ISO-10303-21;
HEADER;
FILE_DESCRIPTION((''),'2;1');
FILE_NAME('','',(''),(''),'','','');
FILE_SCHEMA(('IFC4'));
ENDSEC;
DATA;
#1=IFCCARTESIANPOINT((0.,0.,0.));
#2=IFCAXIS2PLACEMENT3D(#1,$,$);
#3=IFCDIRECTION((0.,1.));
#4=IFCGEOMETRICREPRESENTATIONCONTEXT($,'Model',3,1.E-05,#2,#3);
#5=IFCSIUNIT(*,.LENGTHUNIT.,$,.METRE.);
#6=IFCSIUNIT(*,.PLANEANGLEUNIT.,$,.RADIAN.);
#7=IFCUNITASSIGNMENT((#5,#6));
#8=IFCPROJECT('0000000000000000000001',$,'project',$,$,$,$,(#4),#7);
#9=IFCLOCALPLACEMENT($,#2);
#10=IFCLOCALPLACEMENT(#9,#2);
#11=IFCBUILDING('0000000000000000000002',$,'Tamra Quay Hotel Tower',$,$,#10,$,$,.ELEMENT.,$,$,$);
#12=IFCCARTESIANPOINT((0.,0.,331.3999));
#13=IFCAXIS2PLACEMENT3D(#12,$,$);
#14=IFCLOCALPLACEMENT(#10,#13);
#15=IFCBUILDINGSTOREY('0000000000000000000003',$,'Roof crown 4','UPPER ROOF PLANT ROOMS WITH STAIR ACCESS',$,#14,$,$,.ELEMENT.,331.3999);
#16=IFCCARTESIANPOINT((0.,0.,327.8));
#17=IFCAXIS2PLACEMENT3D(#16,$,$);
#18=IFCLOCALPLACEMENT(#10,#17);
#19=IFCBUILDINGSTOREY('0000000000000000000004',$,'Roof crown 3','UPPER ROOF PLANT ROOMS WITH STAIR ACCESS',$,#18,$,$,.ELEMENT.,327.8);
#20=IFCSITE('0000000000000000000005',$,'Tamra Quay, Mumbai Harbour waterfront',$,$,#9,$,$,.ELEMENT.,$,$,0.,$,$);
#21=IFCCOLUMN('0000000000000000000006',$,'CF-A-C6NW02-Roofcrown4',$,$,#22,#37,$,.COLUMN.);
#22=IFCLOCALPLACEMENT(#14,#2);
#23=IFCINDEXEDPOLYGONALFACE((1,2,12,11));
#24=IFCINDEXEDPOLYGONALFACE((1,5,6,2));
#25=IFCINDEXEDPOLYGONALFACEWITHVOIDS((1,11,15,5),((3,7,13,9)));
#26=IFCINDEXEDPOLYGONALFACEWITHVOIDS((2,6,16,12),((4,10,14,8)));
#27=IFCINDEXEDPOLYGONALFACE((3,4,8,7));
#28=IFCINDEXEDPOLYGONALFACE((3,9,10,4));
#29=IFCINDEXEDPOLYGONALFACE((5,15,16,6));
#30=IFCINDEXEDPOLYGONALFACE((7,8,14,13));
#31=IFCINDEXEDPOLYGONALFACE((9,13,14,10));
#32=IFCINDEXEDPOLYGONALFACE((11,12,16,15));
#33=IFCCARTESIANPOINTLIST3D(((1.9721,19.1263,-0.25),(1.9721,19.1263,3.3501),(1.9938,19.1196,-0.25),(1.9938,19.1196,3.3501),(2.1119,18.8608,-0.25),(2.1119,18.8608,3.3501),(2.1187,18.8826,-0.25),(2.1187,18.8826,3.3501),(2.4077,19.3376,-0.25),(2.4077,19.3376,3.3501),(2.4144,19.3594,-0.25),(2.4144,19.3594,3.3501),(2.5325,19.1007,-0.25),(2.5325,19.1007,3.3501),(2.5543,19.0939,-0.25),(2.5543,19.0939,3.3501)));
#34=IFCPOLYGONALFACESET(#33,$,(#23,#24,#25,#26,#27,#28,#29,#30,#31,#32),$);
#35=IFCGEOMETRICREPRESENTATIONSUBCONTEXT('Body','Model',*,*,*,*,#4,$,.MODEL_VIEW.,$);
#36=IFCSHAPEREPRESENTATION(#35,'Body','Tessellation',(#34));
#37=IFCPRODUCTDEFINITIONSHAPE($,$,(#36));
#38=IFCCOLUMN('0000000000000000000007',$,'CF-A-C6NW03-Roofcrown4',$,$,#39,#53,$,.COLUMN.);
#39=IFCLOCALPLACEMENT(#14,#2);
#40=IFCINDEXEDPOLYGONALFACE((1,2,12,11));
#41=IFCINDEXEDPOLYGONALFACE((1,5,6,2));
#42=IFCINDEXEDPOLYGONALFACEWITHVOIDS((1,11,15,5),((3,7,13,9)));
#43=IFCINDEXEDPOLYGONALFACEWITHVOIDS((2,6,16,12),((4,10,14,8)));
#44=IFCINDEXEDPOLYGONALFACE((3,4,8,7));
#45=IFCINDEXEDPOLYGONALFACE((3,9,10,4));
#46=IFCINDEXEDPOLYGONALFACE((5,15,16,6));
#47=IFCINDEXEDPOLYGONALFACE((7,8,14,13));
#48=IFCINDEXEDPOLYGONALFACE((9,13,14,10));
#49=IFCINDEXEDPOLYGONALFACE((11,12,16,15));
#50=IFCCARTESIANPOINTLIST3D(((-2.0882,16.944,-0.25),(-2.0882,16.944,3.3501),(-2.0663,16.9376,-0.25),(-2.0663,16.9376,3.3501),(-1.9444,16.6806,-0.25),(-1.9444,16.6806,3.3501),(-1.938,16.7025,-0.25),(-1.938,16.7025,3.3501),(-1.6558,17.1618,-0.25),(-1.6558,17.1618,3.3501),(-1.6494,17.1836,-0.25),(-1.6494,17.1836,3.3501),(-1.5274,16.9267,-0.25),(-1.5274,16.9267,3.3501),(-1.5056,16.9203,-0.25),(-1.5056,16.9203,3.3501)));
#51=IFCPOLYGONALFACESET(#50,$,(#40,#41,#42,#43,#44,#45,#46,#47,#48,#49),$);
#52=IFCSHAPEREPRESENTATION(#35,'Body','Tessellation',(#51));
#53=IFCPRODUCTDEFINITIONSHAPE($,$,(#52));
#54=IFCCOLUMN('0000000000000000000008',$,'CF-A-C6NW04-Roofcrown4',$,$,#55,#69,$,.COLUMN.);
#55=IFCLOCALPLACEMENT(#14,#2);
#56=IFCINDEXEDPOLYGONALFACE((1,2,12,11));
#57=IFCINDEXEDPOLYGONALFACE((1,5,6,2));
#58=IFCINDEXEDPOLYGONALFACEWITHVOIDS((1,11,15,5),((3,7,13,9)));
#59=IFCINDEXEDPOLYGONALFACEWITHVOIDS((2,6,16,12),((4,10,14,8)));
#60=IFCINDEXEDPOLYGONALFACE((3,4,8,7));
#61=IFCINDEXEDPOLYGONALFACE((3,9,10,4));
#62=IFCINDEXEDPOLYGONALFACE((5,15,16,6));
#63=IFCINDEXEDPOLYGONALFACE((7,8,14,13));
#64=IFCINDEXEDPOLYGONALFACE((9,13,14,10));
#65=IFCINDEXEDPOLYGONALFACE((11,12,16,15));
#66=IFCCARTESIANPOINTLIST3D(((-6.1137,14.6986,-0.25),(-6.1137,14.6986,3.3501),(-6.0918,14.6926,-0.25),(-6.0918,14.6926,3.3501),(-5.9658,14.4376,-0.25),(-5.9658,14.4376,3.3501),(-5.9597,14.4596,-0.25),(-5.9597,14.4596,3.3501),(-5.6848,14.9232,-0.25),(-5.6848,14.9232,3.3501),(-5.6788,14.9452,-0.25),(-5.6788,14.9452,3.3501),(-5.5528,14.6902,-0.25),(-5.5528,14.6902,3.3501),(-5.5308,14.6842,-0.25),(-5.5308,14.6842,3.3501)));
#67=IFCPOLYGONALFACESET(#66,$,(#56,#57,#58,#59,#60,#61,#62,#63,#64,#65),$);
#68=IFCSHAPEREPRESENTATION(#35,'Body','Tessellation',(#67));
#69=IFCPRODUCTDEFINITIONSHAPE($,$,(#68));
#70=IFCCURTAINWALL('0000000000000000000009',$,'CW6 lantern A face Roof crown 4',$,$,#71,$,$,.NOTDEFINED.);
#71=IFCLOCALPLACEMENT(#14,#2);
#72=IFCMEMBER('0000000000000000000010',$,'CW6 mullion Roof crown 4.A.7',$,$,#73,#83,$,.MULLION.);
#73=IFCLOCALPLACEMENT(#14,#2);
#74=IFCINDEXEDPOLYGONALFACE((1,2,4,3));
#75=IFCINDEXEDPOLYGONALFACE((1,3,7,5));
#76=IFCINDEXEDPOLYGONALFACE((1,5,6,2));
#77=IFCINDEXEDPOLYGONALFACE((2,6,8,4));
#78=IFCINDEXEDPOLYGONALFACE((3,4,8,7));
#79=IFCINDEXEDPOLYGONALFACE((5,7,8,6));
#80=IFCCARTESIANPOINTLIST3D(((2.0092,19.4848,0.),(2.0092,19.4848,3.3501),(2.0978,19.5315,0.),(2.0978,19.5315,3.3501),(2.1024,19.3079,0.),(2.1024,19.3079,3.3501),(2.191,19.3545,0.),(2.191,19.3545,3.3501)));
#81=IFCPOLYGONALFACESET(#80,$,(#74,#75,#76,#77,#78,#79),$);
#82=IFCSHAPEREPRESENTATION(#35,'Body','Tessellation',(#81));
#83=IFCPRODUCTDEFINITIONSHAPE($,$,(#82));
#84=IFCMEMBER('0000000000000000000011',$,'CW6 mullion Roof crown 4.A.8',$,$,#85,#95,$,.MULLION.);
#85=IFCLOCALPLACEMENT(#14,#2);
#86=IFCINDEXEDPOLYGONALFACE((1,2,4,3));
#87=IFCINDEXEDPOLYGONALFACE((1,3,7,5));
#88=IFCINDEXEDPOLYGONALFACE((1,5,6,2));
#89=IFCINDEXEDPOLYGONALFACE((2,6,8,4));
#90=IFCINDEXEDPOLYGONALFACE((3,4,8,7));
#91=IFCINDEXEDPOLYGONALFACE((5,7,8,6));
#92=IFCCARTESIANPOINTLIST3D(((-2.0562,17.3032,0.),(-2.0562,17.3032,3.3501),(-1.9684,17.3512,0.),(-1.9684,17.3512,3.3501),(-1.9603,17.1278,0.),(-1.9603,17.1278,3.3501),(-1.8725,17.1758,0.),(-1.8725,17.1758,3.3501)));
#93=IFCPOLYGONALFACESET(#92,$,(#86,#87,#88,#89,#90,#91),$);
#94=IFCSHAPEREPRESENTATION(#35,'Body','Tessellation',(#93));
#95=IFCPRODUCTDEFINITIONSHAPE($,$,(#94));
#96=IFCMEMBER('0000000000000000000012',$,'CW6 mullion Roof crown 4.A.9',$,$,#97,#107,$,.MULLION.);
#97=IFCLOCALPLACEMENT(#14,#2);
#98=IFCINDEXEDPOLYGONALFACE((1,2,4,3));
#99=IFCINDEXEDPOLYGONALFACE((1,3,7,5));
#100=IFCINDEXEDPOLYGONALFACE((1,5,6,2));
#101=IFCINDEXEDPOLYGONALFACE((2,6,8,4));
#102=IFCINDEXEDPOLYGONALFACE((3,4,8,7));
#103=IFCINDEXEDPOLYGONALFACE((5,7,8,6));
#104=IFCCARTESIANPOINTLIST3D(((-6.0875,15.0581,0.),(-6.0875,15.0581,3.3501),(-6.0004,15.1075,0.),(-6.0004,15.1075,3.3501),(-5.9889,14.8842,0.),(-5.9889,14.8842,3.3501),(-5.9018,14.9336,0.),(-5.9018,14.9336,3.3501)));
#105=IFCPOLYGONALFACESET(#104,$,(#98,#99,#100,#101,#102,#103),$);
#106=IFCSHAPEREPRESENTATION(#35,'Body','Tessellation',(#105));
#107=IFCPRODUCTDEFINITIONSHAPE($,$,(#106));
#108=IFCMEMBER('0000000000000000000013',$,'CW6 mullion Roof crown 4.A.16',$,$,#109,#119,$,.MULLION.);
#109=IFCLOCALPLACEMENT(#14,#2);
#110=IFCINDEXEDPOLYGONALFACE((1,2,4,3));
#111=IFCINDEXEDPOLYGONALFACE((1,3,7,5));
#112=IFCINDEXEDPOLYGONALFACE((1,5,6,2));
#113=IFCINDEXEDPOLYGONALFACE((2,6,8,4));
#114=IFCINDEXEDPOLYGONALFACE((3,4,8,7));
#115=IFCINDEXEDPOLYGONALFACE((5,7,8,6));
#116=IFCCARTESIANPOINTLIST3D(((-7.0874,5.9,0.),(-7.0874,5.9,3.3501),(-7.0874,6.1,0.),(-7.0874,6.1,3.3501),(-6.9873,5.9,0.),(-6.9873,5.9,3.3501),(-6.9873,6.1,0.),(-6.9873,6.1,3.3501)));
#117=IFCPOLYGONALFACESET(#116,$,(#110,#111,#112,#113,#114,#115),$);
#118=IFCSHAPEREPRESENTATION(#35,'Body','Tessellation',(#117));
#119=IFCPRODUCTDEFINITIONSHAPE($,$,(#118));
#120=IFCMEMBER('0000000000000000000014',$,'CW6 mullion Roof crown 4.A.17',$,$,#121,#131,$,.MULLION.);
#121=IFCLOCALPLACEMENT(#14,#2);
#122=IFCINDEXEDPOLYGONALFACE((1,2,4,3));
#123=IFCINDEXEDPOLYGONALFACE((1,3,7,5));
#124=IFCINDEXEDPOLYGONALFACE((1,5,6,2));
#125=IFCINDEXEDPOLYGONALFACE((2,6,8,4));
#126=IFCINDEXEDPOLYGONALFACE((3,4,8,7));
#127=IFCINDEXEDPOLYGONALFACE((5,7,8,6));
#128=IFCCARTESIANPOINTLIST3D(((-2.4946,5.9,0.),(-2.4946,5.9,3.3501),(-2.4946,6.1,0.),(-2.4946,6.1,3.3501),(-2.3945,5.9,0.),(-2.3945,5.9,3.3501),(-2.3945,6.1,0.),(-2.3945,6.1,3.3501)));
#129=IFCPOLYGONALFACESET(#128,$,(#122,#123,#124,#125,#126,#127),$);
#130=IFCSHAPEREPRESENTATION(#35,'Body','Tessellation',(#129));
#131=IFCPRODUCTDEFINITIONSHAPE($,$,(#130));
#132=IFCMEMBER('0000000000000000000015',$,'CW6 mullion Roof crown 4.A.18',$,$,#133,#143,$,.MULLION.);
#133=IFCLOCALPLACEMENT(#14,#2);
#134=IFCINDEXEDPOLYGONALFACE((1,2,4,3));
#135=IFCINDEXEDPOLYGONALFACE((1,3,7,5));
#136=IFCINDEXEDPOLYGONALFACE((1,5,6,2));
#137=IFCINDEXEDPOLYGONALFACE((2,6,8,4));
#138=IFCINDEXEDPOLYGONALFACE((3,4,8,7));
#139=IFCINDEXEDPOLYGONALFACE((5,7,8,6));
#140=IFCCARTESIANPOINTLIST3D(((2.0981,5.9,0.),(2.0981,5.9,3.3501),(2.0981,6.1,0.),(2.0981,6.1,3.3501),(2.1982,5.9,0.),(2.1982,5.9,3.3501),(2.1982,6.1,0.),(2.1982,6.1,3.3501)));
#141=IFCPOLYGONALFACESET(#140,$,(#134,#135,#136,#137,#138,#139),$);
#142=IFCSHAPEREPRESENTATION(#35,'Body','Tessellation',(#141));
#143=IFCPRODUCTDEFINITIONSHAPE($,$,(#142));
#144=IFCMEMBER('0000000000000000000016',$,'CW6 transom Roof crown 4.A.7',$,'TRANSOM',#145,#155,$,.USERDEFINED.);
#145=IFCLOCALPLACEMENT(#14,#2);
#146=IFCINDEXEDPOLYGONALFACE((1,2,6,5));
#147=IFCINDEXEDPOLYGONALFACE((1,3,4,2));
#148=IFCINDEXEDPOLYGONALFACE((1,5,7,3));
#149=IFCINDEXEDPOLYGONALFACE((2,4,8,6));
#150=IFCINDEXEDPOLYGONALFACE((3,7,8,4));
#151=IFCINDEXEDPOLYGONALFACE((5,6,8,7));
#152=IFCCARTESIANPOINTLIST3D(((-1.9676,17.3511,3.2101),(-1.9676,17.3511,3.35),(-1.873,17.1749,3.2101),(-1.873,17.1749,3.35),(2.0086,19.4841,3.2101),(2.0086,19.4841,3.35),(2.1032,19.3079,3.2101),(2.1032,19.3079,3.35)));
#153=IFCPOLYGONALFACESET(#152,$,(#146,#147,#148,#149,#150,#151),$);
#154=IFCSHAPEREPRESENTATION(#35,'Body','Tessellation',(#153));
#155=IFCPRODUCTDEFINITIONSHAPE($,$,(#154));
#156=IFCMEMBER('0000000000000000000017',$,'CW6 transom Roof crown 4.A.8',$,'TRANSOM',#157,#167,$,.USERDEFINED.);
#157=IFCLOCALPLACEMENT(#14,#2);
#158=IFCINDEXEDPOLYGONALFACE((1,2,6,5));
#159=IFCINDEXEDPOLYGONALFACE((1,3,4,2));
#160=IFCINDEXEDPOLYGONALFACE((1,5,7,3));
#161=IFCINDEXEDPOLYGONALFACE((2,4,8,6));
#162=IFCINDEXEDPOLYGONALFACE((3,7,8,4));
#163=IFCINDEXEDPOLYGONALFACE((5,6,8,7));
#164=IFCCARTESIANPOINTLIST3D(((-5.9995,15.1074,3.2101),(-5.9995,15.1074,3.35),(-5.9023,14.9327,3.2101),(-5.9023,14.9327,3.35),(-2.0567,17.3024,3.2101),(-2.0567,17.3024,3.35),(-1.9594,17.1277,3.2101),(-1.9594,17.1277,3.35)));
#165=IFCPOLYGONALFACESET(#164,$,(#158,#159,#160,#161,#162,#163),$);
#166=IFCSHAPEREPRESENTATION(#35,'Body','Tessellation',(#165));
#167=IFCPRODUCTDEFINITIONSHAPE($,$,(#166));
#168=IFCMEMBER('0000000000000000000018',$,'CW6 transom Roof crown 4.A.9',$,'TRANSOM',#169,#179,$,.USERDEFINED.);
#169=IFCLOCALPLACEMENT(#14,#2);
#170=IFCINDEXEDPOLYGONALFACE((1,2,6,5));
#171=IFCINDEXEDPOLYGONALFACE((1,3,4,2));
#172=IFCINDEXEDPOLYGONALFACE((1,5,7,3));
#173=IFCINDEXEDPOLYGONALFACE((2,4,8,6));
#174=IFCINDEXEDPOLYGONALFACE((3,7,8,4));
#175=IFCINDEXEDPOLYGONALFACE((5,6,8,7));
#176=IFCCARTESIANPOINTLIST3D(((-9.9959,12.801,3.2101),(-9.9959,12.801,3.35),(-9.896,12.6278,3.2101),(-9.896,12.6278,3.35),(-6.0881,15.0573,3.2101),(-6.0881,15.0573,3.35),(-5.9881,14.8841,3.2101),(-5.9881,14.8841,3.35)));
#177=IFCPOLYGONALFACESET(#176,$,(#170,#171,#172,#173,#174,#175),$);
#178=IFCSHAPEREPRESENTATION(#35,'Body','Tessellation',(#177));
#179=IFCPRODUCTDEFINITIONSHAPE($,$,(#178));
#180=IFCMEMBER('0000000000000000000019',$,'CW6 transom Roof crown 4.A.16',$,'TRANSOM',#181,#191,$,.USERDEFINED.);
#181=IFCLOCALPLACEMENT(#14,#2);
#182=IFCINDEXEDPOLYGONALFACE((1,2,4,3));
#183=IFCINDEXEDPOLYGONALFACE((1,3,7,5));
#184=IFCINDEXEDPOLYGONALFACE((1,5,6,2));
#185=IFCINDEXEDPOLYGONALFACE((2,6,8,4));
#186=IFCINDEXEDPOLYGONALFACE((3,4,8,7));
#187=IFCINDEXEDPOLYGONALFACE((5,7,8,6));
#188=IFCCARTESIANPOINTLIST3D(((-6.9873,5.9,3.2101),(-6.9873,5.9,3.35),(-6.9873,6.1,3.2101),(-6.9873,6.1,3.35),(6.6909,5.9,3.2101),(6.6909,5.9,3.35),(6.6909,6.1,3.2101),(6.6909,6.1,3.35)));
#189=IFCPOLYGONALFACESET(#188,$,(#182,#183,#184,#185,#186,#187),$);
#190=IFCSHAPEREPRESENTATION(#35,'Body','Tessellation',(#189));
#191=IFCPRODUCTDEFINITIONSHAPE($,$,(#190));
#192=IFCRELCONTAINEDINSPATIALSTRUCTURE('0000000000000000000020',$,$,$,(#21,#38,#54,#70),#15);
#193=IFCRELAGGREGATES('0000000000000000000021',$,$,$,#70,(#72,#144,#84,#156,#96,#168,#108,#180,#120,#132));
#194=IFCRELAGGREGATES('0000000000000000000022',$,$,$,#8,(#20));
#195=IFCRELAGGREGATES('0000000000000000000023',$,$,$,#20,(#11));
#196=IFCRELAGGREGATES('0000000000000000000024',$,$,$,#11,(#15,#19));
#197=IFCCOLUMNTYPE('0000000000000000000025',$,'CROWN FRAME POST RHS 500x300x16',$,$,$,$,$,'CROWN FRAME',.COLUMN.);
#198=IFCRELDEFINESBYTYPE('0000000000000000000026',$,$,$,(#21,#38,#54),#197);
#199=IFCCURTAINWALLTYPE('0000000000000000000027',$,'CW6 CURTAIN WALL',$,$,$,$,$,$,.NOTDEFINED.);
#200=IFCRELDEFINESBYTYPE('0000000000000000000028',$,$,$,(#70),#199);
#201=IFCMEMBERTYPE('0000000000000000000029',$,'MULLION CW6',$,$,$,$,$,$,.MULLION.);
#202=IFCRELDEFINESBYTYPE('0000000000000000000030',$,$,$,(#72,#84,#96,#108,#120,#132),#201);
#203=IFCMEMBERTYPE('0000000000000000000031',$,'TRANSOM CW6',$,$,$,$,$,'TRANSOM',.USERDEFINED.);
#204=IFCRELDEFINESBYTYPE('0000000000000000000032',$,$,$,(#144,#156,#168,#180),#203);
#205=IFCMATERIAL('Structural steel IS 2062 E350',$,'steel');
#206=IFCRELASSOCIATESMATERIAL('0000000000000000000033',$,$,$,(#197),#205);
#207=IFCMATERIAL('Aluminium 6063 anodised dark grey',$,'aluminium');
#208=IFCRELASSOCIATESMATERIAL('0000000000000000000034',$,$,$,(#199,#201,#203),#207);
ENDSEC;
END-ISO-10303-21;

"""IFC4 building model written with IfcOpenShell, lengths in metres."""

from ifc_helpers import new_model, si_unit, direction, frame, origin, origin_2d, place, context, subcontext, project, spatial, rectangle, hollow_rectangle, extrude, material, material_profile, profile_set, type_object, element, aggregate, save


model = new_model("IFC4")

# Units and contexts
model_context = context("Model", 3, precision=1e-05, world=origin(), true_north=direction((0.0, 1.0)))
body_context = subcontext(model_context, "Body", "Model", "MODEL_VIEW")
ifc_project = project(units=[si_unit("LENGTHUNIT", "METRE"), si_unit("PLANEANGLEUNIT", "RADIAN")], contexts=[model_context])

# Site, building, storey
site_placement = place(None, origin())
site = spatial("IfcSite", under=ifc_project, at=site_placement, Name="Tamra Quay, Mumbai Harbour waterfront", CompositionType="ELEMENT", RefElevation=0.0)
building_placement = place(site_placement, origin())
building = spatial("IfcBuilding", under=site, at=building_placement, Name="Tamra Quay Hotel Tower", CompositionType="ELEMENT")
storey_1_placement = place(building_placement, frame((0.0, 0.0, 331.3999)))
storey_1 = spatial("IfcBuildingStorey", under=building, at=storey_1_placement, Name="Roof crown 4", Description="UPPER ROOF PLANT ROOMS WITH STAIR ACCESS", CompositionType="ELEMENT", Elevation=331.3999)

# Columns
ifc_material_1 = material(Name="Structural steel IS 2062 E350", Category="steel")
ifc_material_profile_1 = material_profile(ifc_material_1, hollow_rectangle(XDim=0.3, YDim=0.5, WallThickness=0.0161, at=origin_2d()), Name="RHS 500x300x16")
ifc_profile_set_1 = profile_set([ifc_material_profile_1], Name="Structural steel IS 2062 E350")
column_type = type_object("IfcColumnType", Name="CROWN FRAME POST RHS 500x300x16", ElementType="CROWN FRAME", PredefinedType="COLUMN", material=ifc_profile_set_1)
for number, where, z_axis, x_axis, name in (
    (1, (2.2632, 19.1101, -0.25), (0.0, 0.0, 1.0), (-0.466118, 0.884723, 0.0), "CF-A-C6NW02-Roofcrown4"),
    (2, (-1.7969, 16.9321, -0.25), (0.0, 0.0, 1.0), (-0.479288, 0.877658, 0.0), "CF-A-C6NW03-Roofcrown4"),
    (3, (-5.8223, 14.6914, -0.25), (0.0, 0.0, 1.0), (-0.493125, 0.869958, 0.0), "CF-A-C6NW04-Roofcrown4"),
):
    element("IfcColumn", number, at=place(storey_1_placement, frame(where, z_axis=z_axis, x_axis=x_axis)), inside=storey_1, type_object=column_type, Name=name, PredefinedType="COLUMN", context=body_context, shape_type="SweptSolid", body=[
        extrude(hollow_rectangle(XDim=0.3, YDim=0.5, WallThickness=0.0161, at=origin_2d()), origin(), (0.0, 0.0, 1.0), 3.6001),
    ])

# Curtain wall, members
ifc_material_2 = material(Name="Aluminium 6063 anodised dark grey", Category="aluminium")
curtain_wall_type = type_object("IfcCurtainWallType", Name="CW6 CURTAIN WALL", PredefinedType="NOTDEFINED", material=ifc_material_2)
curtain_wall_placement = place(storey_1_placement, origin())
curtain_wall = element("IfcCurtainWall", 4, at=curtain_wall_placement, inside=storey_1, type_object=curtain_wall_type, Name="CW6 lantern A face Roof crown 4", PredefinedType="NOTDEFINED")
ifc_material_profile_2 = material_profile(ifc_material_2, rectangle(XDim=0.2, YDim=0.1001, at=origin_2d()), Name="MULLION 100X200")
ifc_profile_set_2 = profile_set([ifc_material_profile_2], Name="Aluminium 6063 anodised dark grey")
member_type_1 = type_object("IfcMemberType", Name="MULLION CW6", PredefinedType="MULLION", material=ifc_profile_set_2)
member_1_placement = place(storey_1_placement, frame((2.1001, 19.4197, 0.0), z_axis=(0.0, 0.0, 1.0), x_axis=(-0.465816, 0.884882, 0.0)))
member_1 = element("IfcMember", 5, at=member_1_placement, type_object=member_type_1, Name="CW6 mullion Roof crown 4.A.7", PredefinedType="MULLION", context=body_context, shape_type="SweptSolid", body=[
    extrude(rectangle(XDim=0.2, YDim=0.1001, at=origin_2d()), origin(), (0.0, 0.0, 1.0), 3.3501),
])
member_2_placement = place(storey_1_placement, frame((-1.9644, 17.2395, 0.0), z_axis=(0.0, 0.0, 1.0), x_axis=(-0.479565, 0.877506, 0.0)))
member_2 = element("IfcMember", 6, at=member_2_placement, type_object=member_type_1, Name="CW6 mullion Roof crown 4.A.8", PredefinedType="MULLION", context=body_context, shape_type="SweptSolid", body=[
    extrude(rectangle(XDim=0.2, YDim=0.1001, at=origin_2d()), origin(), (0.0, 0.0, 1.0), 3.3501),
])
member_3_placement = place(storey_1_placement, frame((-5.9946, 14.9958, 0.0), z_axis=(0.0, 0.0, 1.0), x_axis=(-0.493216, 0.869907, 0.0)))
member_3 = element("IfcMember", 7, at=member_3_placement, type_object=member_type_1, Name="CW6 mullion Roof crown 4.A.9", PredefinedType="MULLION", context=body_context, shape_type="SweptSolid", body=[
    extrude(rectangle(XDim=0.2, YDim=0.1001, at=origin_2d()), origin(), (0.0, 0.0, 1.0), 3.3501),
])
member_4_placement = place(storey_1_placement, frame((-7.0374, 6.0, 0.0), z_axis=(0.0, 0.0, 1.0), x_axis=(0.0, -1.0, 0.0)))
member_4 = element("IfcMember", 8, at=member_4_placement, type_object=member_type_1, Name="CW6 mullion Roof crown 4.A.16", PredefinedType="MULLION", context=body_context, shape_type="SweptSolid", body=[
    extrude(rectangle(XDim=0.2, YDim=0.1001, at=origin_2d()), origin(), (0.0, 0.0, 1.0), 3.3501),
])
member_5_placement = place(storey_1_placement, frame((-2.4446, 6.0, 0.0), z_axis=(0.0, 0.0, 1.0), x_axis=(0.0, -1.0, 0.0)))
member_5 = element("IfcMember", 9, at=member_5_placement, type_object=member_type_1, Name="CW6 mullion Roof crown 4.A.17", PredefinedType="MULLION", context=body_context, shape_type="SweptSolid", body=[
    extrude(rectangle(XDim=0.2, YDim=0.1001, at=origin_2d()), origin(), (0.0, 0.0, 1.0), 3.3501),
])
member_6_placement = place(storey_1_placement, frame((2.1482, 6.0, 0.0), z_axis=(0.0, 0.0, 1.0), x_axis=(0.0, -1.0, 0.0)))
member_6 = element("IfcMember", 10, at=member_6_placement, type_object=member_type_1, Name="CW6 mullion Roof crown 4.A.18", PredefinedType="MULLION", context=body_context, shape_type="SweptSolid", body=[
    extrude(rectangle(XDim=0.2, YDim=0.1001, at=origin_2d()), origin(), (0.0, 0.0, 1.0), 3.3501),
])
ifc_material_profile_3 = material_profile(ifc_material_2, rectangle(XDim=0.2, YDim=0.1399, at=origin_2d()), Name="TRANSOM 200X140")
ifc_profile_set_3 = profile_set([ifc_material_profile_3], Name="Aluminium 6063 anodised dark grey")
member_type_2 = type_object("IfcMemberType", Name="TRANSOM CW6", ElementType="TRANSOM", PredefinedType="USERDEFINED", material=ifc_profile_set_3)
member_7_placement = place(storey_1_placement, frame((2.0559, 19.396, 3.28), z_axis=(-0.881214, -0.472718, 0.0), x_axis=(0.472718, -0.881214, 0.0)))
member_7 = element("IfcMember", 11, at=member_7_placement, type_object=member_type_2, Name="CW6 transom Roof crown 4.A.7", ObjectType="TRANSOM", PredefinedType="USERDEFINED", context=body_context, shape_type="SweptSolid", body=[
    extrude(rectangle(XDim=0.2, YDim=0.1399, at=origin_2d()), origin(), (0.0, 0.0, 1.0), 4.5122),
])
member_8_placement = place(storey_1_placement, frame((-2.0081, 17.2151, 3.28), z_axis=(-0.873726, -0.486419, 0.0), x_axis=(0.486419, -0.873726, 0.0)))
member_8 = element("IfcMember", 12, at=member_8_placement, type_object=member_type_2, Name="CW6 transom Roof crown 4.A.8", ObjectType="TRANSOM", PredefinedType="USERDEFINED", context=body_context, shape_type="SweptSolid", body=[
    extrude(rectangle(XDim=0.2, YDim=0.1399, at=origin_2d()), origin(), (0.0, 0.0, 1.0), 4.5127),
])
member_9_placement = place(storey_1_placement, frame((-6.0381, 14.9707, 3.28), z_axis=(-0.866017, -0.500014, 0.0), x_axis=(0.500014, -0.866017, 0.0)))
member_9 = element("IfcMember", 13, at=member_9_placement, type_object=member_type_2, Name="CW6 transom Roof crown 4.A.9", ObjectType="TRANSOM", PredefinedType="USERDEFINED", context=body_context, shape_type="SweptSolid", body=[
    extrude(rectangle(XDim=0.2, YDim=0.1399, at=origin_2d()), origin(), (0.0, 0.0, 1.0), 4.5125),
])
member_10_placement = place(storey_1_placement, frame((-6.9873, 6.0, 3.28), z_axis=(1.0, 0.0, 0.0), x_axis=(0.0, 1.0, 0.0)))
member_10 = element("IfcMember", 14, at=member_10_placement, type_object=member_type_2, Name="CW6 transom Roof crown 4.A.16", ObjectType="TRANSOM", PredefinedType="USERDEFINED", context=body_context, shape_type="SweptSolid", body=[
    extrude(rectangle(XDim=0.2, YDim=0.1399, at=origin_2d()), origin(), (0.0, 0.0, 1.0), 13.6782),
])

aggregate(curtain_wall, [member_1, member_7, member_2, member_8, member_3, member_9, member_4, member_10, member_5, member_6])

# Shared definitions
storey_2_placement = place(building_placement, frame((0.0, 0.0, 327.8)))
storey_2 = spatial("IfcBuildingStorey", under=building, at=storey_2_placement, Name="Roof crown 3", Description="UPPER ROOF PLANT ROOMS WITH STAIR ACCESS", CompositionType="ELEMENT", Elevation=327.8)

save(model, "model.ifc")
